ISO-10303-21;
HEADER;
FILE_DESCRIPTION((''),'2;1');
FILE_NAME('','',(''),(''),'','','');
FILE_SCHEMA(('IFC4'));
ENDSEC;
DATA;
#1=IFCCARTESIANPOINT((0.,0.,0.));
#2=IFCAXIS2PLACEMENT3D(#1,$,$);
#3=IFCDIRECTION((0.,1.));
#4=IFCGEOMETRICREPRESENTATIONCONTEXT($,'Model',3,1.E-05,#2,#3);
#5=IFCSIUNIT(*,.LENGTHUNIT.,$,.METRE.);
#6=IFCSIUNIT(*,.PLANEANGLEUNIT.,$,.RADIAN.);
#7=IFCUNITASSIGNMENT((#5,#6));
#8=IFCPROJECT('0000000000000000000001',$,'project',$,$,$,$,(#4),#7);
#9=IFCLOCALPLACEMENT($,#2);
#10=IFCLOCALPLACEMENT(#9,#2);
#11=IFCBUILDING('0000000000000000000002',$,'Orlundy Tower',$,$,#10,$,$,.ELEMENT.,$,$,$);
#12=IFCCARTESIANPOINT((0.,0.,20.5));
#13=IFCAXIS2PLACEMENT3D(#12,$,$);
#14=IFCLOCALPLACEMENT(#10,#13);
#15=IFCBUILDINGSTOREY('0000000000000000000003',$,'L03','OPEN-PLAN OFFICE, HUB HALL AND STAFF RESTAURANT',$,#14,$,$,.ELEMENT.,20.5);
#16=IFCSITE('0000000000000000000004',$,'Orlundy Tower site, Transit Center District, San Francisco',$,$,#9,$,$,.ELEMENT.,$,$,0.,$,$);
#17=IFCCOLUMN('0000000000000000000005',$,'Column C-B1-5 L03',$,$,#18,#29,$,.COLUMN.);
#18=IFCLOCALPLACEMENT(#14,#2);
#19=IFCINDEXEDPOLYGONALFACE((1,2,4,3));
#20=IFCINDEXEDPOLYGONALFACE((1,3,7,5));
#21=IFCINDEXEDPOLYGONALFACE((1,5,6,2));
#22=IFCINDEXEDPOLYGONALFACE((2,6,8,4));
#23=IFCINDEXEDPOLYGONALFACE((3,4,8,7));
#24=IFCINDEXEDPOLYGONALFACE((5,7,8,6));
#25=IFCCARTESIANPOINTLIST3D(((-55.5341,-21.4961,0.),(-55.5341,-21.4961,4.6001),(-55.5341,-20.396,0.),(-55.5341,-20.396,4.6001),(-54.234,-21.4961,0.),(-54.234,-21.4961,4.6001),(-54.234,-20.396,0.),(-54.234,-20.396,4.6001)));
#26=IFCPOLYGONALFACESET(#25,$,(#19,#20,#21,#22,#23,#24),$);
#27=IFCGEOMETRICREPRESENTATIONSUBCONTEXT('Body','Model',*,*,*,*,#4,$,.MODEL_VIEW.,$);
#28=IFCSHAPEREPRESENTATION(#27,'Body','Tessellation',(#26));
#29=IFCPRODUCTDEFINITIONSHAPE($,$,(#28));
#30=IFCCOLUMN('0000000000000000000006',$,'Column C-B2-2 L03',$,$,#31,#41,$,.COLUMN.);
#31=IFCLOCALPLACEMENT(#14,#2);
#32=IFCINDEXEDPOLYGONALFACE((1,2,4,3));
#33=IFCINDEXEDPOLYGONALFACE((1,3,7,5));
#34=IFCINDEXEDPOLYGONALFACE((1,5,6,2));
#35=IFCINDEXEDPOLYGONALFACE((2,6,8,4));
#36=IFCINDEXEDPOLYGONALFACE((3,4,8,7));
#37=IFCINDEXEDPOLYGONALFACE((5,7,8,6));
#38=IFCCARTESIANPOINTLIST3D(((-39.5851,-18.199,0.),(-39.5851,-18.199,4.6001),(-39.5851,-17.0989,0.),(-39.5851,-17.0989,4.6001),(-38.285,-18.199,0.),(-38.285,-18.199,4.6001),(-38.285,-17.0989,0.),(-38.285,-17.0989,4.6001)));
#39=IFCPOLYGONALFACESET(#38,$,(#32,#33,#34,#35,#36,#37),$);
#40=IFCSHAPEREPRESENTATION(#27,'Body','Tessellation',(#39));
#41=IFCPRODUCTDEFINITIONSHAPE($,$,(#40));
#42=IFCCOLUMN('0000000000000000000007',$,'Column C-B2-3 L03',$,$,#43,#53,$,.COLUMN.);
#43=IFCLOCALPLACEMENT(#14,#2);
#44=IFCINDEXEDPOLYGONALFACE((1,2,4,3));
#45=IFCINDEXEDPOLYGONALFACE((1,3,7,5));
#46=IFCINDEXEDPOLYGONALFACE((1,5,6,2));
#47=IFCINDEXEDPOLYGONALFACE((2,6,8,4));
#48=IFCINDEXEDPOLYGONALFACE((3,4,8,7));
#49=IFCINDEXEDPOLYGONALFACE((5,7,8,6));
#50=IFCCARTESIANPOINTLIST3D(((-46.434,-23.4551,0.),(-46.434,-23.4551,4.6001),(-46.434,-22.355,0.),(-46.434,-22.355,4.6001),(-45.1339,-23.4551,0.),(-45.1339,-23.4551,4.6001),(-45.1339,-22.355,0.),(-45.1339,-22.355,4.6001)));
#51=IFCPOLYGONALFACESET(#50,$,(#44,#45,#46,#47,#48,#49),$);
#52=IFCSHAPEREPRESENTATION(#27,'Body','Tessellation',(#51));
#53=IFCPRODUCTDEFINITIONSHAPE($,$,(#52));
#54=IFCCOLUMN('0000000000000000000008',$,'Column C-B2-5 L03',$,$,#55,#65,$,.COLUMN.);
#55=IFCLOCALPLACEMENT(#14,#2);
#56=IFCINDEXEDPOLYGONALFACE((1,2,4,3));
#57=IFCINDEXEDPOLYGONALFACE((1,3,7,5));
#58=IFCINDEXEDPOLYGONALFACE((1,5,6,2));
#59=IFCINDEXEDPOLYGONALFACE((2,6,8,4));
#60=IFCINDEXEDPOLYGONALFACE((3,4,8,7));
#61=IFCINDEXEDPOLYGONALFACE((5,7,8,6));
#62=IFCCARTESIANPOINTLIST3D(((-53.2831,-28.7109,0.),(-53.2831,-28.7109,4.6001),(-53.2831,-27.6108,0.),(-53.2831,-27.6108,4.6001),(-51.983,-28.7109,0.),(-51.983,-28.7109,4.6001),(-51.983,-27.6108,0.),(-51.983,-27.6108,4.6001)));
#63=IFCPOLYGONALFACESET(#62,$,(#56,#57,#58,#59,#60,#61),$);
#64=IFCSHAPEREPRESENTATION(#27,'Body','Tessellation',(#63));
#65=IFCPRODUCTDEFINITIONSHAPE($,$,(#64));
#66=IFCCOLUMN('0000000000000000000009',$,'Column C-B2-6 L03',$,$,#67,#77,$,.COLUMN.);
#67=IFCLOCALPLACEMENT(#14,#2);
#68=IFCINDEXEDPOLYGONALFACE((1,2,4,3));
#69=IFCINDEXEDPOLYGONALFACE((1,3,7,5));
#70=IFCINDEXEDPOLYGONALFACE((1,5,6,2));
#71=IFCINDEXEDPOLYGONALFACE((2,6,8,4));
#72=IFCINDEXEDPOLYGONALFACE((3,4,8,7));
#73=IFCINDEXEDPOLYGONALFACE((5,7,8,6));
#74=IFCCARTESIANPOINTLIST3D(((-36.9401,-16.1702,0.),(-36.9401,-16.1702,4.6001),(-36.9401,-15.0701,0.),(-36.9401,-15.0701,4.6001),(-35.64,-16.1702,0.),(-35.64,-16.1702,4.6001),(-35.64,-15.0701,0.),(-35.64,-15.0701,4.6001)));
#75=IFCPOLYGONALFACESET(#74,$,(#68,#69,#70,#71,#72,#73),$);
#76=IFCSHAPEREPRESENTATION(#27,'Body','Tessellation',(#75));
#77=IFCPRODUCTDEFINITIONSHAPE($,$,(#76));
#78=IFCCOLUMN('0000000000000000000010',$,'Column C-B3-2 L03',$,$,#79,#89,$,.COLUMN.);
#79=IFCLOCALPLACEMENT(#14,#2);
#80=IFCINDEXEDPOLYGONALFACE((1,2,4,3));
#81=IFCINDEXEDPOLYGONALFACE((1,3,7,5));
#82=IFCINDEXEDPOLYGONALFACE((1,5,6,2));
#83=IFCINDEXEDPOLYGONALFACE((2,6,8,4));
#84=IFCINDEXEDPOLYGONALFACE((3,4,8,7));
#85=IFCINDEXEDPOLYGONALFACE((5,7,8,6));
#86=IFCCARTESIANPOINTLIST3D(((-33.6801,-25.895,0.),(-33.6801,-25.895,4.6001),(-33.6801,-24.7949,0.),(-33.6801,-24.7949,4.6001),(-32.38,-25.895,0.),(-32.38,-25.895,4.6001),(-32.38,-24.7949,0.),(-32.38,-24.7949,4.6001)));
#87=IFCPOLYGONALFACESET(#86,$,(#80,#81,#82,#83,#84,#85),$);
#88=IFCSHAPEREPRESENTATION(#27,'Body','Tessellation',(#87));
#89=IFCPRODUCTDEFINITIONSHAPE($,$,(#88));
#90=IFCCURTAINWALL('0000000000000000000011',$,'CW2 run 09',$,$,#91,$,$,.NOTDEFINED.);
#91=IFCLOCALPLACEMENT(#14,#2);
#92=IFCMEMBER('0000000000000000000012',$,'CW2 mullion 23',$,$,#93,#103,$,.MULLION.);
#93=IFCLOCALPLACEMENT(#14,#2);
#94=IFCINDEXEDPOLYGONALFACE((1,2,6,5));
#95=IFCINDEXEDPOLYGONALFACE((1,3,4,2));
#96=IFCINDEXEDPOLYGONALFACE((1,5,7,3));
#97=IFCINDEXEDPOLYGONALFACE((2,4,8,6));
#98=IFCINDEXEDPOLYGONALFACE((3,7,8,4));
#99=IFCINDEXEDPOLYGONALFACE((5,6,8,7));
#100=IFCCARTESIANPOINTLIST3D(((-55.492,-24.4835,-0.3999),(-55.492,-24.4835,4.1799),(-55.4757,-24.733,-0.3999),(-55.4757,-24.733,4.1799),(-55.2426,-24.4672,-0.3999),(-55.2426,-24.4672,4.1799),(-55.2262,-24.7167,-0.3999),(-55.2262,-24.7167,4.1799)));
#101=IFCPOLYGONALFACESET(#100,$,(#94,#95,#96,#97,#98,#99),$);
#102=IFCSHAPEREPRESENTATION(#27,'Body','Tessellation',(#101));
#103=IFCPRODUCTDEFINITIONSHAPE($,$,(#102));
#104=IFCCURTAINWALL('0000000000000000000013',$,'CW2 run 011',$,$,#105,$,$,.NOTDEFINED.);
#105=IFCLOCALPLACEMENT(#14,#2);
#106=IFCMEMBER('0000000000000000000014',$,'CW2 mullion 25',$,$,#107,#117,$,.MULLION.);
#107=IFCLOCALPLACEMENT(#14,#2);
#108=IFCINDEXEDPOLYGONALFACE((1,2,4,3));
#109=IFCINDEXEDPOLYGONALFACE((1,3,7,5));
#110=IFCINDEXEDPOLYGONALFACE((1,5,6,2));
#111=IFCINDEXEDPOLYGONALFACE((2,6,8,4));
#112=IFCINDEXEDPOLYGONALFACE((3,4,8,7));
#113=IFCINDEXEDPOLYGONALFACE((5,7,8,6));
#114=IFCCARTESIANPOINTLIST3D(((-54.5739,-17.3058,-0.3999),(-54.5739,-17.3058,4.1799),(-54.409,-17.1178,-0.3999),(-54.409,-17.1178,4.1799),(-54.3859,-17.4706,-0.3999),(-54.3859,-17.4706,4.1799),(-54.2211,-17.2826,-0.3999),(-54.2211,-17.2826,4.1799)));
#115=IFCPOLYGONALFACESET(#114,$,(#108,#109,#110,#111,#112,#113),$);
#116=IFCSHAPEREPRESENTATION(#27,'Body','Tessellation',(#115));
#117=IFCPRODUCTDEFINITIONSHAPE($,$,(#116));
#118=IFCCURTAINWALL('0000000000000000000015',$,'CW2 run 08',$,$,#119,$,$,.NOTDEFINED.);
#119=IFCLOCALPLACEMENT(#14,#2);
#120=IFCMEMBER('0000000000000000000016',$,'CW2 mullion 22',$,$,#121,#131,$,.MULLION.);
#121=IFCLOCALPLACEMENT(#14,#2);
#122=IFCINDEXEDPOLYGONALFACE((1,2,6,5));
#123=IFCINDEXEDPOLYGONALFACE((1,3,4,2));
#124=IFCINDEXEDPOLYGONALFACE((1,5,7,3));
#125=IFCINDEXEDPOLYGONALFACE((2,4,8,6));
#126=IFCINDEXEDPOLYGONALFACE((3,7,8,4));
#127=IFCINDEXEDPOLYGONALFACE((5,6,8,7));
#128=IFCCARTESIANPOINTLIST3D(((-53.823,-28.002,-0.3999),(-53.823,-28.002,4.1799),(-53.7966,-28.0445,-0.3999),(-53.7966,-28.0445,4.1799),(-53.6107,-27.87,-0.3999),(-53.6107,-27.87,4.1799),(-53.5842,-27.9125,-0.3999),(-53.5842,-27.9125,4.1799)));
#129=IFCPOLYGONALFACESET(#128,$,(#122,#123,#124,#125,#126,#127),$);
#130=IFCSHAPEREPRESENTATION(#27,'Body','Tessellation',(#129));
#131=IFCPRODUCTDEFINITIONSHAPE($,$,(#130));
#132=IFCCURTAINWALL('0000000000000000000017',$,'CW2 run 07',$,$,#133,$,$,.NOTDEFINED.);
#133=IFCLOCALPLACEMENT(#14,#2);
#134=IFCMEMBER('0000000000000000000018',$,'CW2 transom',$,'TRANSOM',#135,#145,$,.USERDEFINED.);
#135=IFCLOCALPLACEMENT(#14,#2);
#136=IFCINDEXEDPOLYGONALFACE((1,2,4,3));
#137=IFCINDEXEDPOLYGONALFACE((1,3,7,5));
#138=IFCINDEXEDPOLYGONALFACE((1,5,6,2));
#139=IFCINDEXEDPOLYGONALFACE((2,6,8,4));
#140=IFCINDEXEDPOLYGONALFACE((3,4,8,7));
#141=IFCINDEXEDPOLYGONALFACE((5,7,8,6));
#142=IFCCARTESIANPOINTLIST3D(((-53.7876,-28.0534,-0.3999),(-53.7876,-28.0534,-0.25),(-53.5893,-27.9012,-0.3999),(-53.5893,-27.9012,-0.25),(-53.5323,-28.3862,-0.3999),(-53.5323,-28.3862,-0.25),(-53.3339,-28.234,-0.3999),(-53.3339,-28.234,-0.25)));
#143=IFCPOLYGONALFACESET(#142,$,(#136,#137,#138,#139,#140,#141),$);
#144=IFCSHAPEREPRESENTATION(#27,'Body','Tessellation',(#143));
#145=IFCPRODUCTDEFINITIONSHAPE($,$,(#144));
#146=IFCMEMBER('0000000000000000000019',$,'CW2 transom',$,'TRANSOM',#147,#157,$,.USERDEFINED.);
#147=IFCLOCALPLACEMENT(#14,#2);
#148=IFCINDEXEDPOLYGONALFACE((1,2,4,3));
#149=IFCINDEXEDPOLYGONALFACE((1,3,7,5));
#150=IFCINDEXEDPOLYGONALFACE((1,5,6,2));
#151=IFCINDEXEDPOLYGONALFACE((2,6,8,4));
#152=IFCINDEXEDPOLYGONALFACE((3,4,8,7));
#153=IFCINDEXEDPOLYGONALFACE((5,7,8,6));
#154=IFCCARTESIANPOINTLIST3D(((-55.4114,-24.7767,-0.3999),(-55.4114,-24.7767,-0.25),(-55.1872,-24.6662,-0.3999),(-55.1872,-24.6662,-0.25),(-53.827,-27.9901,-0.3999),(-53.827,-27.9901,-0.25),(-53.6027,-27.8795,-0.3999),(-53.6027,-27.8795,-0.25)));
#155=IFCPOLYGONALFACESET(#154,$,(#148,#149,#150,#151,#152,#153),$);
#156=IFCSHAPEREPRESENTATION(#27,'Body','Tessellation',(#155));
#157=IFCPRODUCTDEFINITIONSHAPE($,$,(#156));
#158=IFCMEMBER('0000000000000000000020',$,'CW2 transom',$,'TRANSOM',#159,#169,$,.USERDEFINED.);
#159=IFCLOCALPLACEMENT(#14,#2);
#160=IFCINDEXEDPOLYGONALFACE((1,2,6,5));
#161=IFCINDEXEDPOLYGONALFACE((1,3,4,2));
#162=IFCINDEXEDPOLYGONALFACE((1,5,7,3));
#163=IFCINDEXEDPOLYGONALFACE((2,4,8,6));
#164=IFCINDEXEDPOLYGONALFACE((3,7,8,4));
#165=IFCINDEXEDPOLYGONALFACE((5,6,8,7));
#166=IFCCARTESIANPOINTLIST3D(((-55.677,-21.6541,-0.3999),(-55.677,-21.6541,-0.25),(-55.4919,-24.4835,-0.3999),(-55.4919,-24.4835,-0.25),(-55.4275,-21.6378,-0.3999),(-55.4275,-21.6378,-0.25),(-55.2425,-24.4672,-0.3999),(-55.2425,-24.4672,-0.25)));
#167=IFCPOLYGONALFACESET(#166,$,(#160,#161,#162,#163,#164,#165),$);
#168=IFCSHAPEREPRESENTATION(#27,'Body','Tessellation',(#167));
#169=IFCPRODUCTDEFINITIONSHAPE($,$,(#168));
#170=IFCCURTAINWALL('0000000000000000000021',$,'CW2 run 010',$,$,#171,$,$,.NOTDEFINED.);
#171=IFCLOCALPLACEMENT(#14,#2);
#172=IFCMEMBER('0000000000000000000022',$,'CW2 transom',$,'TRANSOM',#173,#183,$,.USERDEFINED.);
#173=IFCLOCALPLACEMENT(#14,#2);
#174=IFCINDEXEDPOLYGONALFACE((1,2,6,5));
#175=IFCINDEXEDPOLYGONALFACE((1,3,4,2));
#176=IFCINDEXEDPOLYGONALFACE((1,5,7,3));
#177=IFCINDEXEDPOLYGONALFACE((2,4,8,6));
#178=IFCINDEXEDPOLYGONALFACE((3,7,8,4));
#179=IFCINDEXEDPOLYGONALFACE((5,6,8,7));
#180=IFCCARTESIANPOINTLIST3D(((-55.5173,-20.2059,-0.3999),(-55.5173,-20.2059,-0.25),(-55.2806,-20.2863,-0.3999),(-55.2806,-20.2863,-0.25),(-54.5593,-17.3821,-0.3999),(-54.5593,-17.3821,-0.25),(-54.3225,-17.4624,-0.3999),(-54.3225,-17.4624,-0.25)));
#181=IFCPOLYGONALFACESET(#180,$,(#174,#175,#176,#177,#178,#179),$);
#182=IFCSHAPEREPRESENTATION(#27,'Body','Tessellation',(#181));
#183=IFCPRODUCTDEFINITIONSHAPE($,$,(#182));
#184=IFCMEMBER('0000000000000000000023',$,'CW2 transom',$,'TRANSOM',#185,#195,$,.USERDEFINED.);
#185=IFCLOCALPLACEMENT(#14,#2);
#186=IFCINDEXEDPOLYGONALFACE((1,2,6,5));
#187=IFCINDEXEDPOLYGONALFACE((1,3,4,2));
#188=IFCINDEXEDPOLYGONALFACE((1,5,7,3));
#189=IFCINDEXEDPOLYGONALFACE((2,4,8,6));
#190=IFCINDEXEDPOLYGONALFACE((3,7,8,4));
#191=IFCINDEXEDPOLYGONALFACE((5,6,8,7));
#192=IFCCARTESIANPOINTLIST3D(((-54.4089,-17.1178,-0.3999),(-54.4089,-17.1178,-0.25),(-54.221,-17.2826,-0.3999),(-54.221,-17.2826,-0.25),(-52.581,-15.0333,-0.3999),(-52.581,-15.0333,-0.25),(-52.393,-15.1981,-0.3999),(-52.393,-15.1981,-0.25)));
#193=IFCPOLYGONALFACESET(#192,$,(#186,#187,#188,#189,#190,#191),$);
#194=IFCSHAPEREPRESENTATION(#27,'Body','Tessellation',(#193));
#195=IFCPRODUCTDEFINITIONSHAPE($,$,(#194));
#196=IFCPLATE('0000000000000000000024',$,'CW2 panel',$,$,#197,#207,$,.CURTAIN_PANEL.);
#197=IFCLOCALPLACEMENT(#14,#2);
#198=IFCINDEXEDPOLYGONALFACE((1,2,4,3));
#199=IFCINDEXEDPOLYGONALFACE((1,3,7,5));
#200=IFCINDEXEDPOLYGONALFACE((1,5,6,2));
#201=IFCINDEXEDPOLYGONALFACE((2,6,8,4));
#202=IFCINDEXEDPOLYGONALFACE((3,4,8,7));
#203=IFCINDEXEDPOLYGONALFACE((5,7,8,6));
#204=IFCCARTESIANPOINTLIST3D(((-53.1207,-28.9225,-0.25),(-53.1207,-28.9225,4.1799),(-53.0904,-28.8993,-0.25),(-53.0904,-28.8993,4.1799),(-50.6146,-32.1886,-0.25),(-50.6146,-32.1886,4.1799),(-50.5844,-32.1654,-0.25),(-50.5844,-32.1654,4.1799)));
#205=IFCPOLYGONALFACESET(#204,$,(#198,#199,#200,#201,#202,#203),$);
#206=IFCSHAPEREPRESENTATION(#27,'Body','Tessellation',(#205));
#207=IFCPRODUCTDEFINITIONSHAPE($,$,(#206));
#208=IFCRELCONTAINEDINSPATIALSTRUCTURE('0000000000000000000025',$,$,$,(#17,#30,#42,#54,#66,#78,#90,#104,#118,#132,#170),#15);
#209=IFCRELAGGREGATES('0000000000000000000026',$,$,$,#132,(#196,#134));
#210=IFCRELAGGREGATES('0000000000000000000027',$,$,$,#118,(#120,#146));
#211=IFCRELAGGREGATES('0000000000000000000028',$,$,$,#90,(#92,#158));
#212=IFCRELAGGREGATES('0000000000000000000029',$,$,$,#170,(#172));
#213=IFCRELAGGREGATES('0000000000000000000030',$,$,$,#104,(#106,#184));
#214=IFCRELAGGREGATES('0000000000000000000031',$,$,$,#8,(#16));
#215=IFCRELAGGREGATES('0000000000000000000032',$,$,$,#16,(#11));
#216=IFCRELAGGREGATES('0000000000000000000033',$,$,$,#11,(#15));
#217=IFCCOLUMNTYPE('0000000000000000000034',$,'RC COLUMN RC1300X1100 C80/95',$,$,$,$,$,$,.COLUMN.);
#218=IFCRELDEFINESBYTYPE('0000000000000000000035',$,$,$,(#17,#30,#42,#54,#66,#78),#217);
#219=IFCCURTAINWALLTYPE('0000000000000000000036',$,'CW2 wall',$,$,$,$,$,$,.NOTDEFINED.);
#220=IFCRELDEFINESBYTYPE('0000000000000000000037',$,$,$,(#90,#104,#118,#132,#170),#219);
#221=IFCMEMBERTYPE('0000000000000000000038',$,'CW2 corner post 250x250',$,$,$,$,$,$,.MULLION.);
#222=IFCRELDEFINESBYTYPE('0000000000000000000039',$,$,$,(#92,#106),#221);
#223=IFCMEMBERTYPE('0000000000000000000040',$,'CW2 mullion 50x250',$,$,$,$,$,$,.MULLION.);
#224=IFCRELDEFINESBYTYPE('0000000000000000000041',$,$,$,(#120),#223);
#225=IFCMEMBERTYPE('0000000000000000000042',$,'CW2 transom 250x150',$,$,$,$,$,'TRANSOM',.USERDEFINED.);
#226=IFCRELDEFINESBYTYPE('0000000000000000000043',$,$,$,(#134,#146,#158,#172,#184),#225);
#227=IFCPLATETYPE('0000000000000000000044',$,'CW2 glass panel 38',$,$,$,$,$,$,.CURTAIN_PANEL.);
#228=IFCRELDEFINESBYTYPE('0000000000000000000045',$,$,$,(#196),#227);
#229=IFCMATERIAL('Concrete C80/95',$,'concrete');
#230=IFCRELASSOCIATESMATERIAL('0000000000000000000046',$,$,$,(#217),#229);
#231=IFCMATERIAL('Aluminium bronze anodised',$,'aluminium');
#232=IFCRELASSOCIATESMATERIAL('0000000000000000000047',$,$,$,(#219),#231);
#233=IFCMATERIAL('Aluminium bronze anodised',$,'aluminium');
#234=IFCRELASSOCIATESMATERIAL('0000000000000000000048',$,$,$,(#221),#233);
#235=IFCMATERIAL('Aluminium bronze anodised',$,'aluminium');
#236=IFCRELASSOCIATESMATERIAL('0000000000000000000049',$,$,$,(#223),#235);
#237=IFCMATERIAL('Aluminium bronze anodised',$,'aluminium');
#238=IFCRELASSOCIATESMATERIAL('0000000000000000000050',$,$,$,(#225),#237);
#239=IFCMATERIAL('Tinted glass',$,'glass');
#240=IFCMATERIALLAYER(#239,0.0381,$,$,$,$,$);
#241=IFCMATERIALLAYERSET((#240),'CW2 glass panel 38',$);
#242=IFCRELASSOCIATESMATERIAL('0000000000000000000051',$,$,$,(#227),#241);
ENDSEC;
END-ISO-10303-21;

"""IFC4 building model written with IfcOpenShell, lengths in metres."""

from ifc_helpers import new_model, si_unit, direction, frame, origin, origin_2d, place, context, subcontext, project, spatial, rectangle, extrude, material, layer, layer_set, material_profile, profile_set, type_object, element, aggregate, save


model = new_model("IFC4")

# Units and contexts
model_context = context("Model", 3, precision=1e-05, world=origin(), true_north=direction((0.0, 1.0)))
body_context = subcontext(model_context, "Body", "Model", "MODEL_VIEW")
ifc_project = project(units=[si_unit("LENGTHUNIT", "METRE"), si_unit("PLANEANGLEUNIT", "RADIAN")], contexts=[model_context])

# Site, building, storey
site_placement = place(None, origin())
site = spatial("IfcSite", under=ifc_project, at=site_placement, Name="Orlundy Tower site, Transit Center District, San Francisco", CompositionType="ELEMENT", RefElevation=0.0)
building_placement = place(site_placement, origin())
building = spatial("IfcBuilding", under=site, at=building_placement, Name="Orlundy Tower", CompositionType="ELEMENT")
storey_placement = place(building_placement, frame((0.0, 0.0, 20.5)))
storey = spatial("IfcBuildingStorey", under=building, at=storey_placement, Name="L03", Description="OPEN-PLAN OFFICE, HUB HALL AND STAFF RESTAURANT", CompositionType="ELEMENT", Elevation=20.5)

# Columns
ifc_material_1 = material(Name="Concrete C80/95", Category="concrete")
ifc_material_profile_1 = material_profile(ifc_material_1, rectangle(XDim=1.3, YDim=1.1001, at=origin_2d()), Name="RC1300X1100")
ifc_profile_set_1 = profile_set([ifc_material_profile_1], Name="Concrete C80/95")
column_type = type_object("IfcColumnType", Name="RC COLUMN RC1300X1100 C80/95", PredefinedType="COLUMN", material=ifc_profile_set_1)
for number, where, z_axis, x_axis, name in (
    (1, (-54.884, -20.946, 0.0), (0.0, 0.0, 1.0), (1.0, 0.0, 0.0), "Column C-B1-5 L03"),
    (2, (-38.9351, -17.6489, 0.0), (0.0, 0.0, 1.0), (1.0, 0.0, 0.0), "Column C-B2-2 L03"),
    (3, (-45.7839, -22.905, 0.0), (0.0, 0.0, 1.0), (1.0, 0.0, 0.0), "Column C-B2-3 L03"),
    (4, (-52.6331, -28.1609, 0.0), (0.0, 0.0, 1.0), (1.0, 0.0, 0.0), "Column C-B2-5 L03"),
    (5, (-36.29, -15.6201, 0.0), (0.0, 0.0, 1.0), (1.0, 0.0, 0.0), "Column C-B2-6 L03"),
    (6, (-33.03, -25.345, 0.0), (0.0, 0.0, 1.0), (1.0, 0.0, 0.0), "Column C-B3-2 L03"),
):
    element("IfcColumn", number, at=place(storey_placement, frame(where, z_axis=z_axis, x_axis=x_axis)), inside=storey, type_object=column_type, Name=name, PredefinedType="COLUMN", context=body_context, shape_type="SweptSolid", body=[
        extrude(rectangle(XDim=1.3, YDim=1.1001, at=origin_2d()), origin(), (0.0, 0.0, 1.0), 4.6001),
    ])

# Curtain walls, members
ifc_material_2 = material(Name="Aluminium bronze anodised", Category="aluminium")
curtain_wall_type = type_object("IfcCurtainWallType", Name="CW2 wall", PredefinedType="NOTDEFINED", material=ifc_material_2)
curtain_wall_1_placement = place(storey_placement, origin())
curtain_wall_1 = element("IfcCurtainWall", 7, at=curtain_wall_1_placement, inside=storey, type_object=curtain_wall_type, Name="CW2 run 09", PredefinedType="NOTDEFINED")
ifc_material_3 = material(Name="Aluminium bronze anodised", Category="aluminium")
ifc_material_profile_2 = material_profile(ifc_material_3, rectangle(XDim=0.25, YDim=0.25, at=origin_2d()), Name="CW2 corner post 250x250")
ifc_profile_set_2 = profile_set([ifc_material_profile_2], Name="Aluminium bronze anodised")
member_type_1 = type_object("IfcMemberType", Name="CW2 corner post 250x250", PredefinedType="MULLION", material=ifc_profile_set_2)
member_1_placement = place(storey_placement, frame((-55.3591, -24.6001, -0.3999), z_axis=(0.0, 0.0, 1.0), x_axis=(-0.997867, -0.065284, 0.0)))
member_1 = element("IfcMember", 8, at=member_1_placement, type_object=member_type_1, Name="CW2 mullion 23", PredefinedType="MULLION", context=body_context, shape_type="SweptSolid", body=[
    extrude(rectangle(XDim=0.25, YDim=0.25, at=origin_2d()), origin(), (0.0, 0.0, 1.0), 4.5798),
])
curtain_wall_2_placement = place(storey_placement, origin())
curtain_wall_2 = element("IfcCurtainWall", 9, at=curtain_wall_2_placement, inside=storey, type_object=curtain_wall_type, Name="CW2 run 011", PredefinedType="NOTDEFINED")
member_2_placement = place(storey_placement, frame((-54.3975, -17.2942, -0.3999), z_axis=(0.0, 0.0, 1.0), x_axis=(-0.751858, 0.659325, 0.0)))
member_2 = element("IfcMember", 10, at=member_2_placement, type_object=member_type_1, Name="CW2 mullion 25", PredefinedType="MULLION", context=body_context, shape_type="SweptSolid", body=[
    extrude(rectangle(XDim=0.25, YDim=0.25, at=origin_2d()), origin(), (0.0, 0.0, 1.0), 4.5798),
])
curtain_wall_3_placement = place(storey_placement, origin())
curtain_wall_3 = element("IfcCurtainWall", 11, at=curtain_wall_3_placement, inside=storey, type_object=curtain_wall_type, Name="CW2 run 08", PredefinedType="NOTDEFINED")
ifc_material_4 = material(Name="Aluminium bronze anodised", Category="aluminium")
ifc_material_profile_3 = material_profile(ifc_material_4, rectangle(XDim=0.25, YDim=0.05, at=origin_2d()), Name="CW2 mullion 50x250")
ifc_profile_set_3 = profile_set([ifc_material_profile_3], Name="Aluminium bronze anodised")
member_type_2 = type_object("IfcMemberType", Name="CW2 mullion 50x250", PredefinedType="MULLION", material=ifc_profile_set_3)
member_3_placement = place(storey_placement, frame((-53.7036, -27.9573, -0.3999), z_axis=(0.0, 0.0, 1.0), x_axis=(-0.84922, -0.528039, 0.0)))
member_3 = element("IfcMember", 12, at=member_3_placement, type_object=member_type_2, Name="CW2 mullion 22", PredefinedType="MULLION", context=body_context, shape_type="SweptSolid", body=[
    extrude(rectangle(XDim=0.25, YDim=0.05, at=origin_2d()), origin(), (0.0, 0.0, 1.0), 4.5798),
])
curtain_wall_4_placement = place(storey_placement, origin())
curtain_wall_4 = element("IfcCurtainWall", 13, at=curtain_wall_4_placement, inside=storey, type_object=curtain_wall_type, Name="CW2 run 07", PredefinedType="NOTDEFINED")
ifc_material_5 = material(Name="Aluminium bronze anodised", Category="aluminium")
ifc_material_profile_4 = material_profile(ifc_material_5, rectangle(XDim=0.25, YDim=0.1499, at=origin_2d()), Name="CW2 transom 250x150")
ifc_profile_set_4 = profile_set([ifc_material_profile_4], Name="Aluminium bronze anodised")
member_type_3 = type_object("IfcMemberType", Name="CW2 transom 250x150", ElementType="TRANSOM", PredefinedType="USERDEFINED", material=ifc_profile_set_4)
member_4_placement = place(storey_placement, frame((-53.4331, -28.3101, -0.325), z_axis=(-0.60881, 0.793316, 0.0), x_axis=(-0.793316, -0.60881, 0.0)))
member_4 = element("IfcMember", 14, at=member_4_placement, type_object=member_type_3, Name="CW2 transom", ObjectType="TRANSOM", PredefinedType="USERDEFINED", context=body_context, shape_type="SweptSolid", body=[
    extrude(rectangle(XDim=0.25, YDim=0.1499, at=origin_2d()), origin(), (0.0, 0.0, 1.0), 0.4194),
])

# Members
member_5_placement = place(storey_placement, frame((-53.7148, -27.9348, -0.325), z_axis=(-0.442246, 0.896894, 0.0), x_axis=(-0.896894, -0.442246, 0.0)))
member_5 = element("IfcMember", 15, at=member_5_placement, type_object=member_type_3, Name="CW2 transom", ObjectType="TRANSOM", PredefinedType="USERDEFINED", context=body_context, shape_type="SweptSolid", body=[
    extrude(rectangle(XDim=0.25, YDim=0.1499, at=origin_2d()), origin(), (0.0, 0.0, 1.0), 3.5828),
])
member_6_placement = place(storey_placement, frame((-55.3672, -24.4753, -0.325), z_axis=(-0.065267, 0.997868, 0.0), x_axis=(-0.997868, -0.065267, 0.0)))
member_6 = element("IfcMember", 16, at=member_6_placement, type_object=member_type_3, Name="CW2 transom", ObjectType="TRANSOM", PredefinedType="USERDEFINED", context=body_context, shape_type="SweptSolid", body=[
    extrude(rectangle(XDim=0.25, YDim=0.1499, at=origin_2d()), origin(), (0.0, 0.0, 1.0), 2.8354),
])

# Curtain wall, member
curtain_wall_5_placement = place(storey_placement, origin())
curtain_wall_5 = element("IfcCurtainWall", 17, at=curtain_wall_5_placement, inside=storey, type_object=curtain_wall_type, Name="CW2 run 010", PredefinedType="NOTDEFINED")
member_7_placement = place(storey_placement, frame((-55.3989, -20.2461, -0.325), z_axis=(0.321283, 0.946983, 0.0), x_axis=(-0.946983, 0.321283, 0.0)))
member_7 = element("IfcMember", 18, at=member_7_placement, type_object=member_type_3, Name="CW2 transom", ObjectType="TRANSOM", PredefinedType="USERDEFINED", context=body_context, shape_type="SweptSolid", body=[
    extrude(rectangle(XDim=0.25, YDim=0.1499, at=origin_2d()), origin(), (0.0, 0.0, 1.0), 2.9819),
])

# Member
member_8_placement = place(storey_placement, frame((-54.3149, -17.2002, -0.325), z_axis=(0.659315, 0.751867, 0.0), x_axis=(-0.751867, 0.659315, 0.0)))
member_8 = element("IfcMember", 19, at=member_8_placement, type_object=member_type_3, Name="CW2 transom", ObjectType="TRANSOM", PredefinedType="USERDEFINED", context=body_context, shape_type="SweptSolid", body=[
    extrude(rectangle(XDim=0.25, YDim=0.1499, at=origin_2d()), origin(), (0.0, 0.0, 1.0), 2.7725),
])

# Plate
ifc_material_6 = material(Name="Tinted glass", Category="glass")
ifc_layer_1 = layer(ifc_material_6, 0.0381)
ifc_layer_set_1 = layer_set([ifc_layer_1], Name="CW2 glass panel 38")
plate_type = type_object("IfcPlateType", Name="CW2 glass panel 38", PredefinedType="CURTAIN_PANEL", material=ifc_layer_set_1)
plate_1_placement = place(storey_placement, frame((-51.8525, -30.5439, -0.25), z_axis=(0.0, 0.0, 1.0), x_axis=(-0.608748, 0.793363, 0.0)))
plate_1 = element("IfcPlate", 20, at=plate_1_placement, type_object=plate_type, Name="CW2 panel", PredefinedType="CURTAIN_PANEL", context=body_context, shape_type="SweptSolid", body=[
    extrude(rectangle(XDim=4.1167, YDim=0.0381, at=origin_2d()), origin(), (0.0, 0.0, 1.0), 4.4299),
])
aggregate(curtain_wall_4, [plate_1, member_4])
aggregate(curtain_wall_3, [member_3, member_5])
aggregate(curtain_wall_1, [member_1, member_6])
aggregate(curtain_wall_5, [member_7])
aggregate(curtain_wall_2, [member_2, member_8])

save(model, "model.ifc")
